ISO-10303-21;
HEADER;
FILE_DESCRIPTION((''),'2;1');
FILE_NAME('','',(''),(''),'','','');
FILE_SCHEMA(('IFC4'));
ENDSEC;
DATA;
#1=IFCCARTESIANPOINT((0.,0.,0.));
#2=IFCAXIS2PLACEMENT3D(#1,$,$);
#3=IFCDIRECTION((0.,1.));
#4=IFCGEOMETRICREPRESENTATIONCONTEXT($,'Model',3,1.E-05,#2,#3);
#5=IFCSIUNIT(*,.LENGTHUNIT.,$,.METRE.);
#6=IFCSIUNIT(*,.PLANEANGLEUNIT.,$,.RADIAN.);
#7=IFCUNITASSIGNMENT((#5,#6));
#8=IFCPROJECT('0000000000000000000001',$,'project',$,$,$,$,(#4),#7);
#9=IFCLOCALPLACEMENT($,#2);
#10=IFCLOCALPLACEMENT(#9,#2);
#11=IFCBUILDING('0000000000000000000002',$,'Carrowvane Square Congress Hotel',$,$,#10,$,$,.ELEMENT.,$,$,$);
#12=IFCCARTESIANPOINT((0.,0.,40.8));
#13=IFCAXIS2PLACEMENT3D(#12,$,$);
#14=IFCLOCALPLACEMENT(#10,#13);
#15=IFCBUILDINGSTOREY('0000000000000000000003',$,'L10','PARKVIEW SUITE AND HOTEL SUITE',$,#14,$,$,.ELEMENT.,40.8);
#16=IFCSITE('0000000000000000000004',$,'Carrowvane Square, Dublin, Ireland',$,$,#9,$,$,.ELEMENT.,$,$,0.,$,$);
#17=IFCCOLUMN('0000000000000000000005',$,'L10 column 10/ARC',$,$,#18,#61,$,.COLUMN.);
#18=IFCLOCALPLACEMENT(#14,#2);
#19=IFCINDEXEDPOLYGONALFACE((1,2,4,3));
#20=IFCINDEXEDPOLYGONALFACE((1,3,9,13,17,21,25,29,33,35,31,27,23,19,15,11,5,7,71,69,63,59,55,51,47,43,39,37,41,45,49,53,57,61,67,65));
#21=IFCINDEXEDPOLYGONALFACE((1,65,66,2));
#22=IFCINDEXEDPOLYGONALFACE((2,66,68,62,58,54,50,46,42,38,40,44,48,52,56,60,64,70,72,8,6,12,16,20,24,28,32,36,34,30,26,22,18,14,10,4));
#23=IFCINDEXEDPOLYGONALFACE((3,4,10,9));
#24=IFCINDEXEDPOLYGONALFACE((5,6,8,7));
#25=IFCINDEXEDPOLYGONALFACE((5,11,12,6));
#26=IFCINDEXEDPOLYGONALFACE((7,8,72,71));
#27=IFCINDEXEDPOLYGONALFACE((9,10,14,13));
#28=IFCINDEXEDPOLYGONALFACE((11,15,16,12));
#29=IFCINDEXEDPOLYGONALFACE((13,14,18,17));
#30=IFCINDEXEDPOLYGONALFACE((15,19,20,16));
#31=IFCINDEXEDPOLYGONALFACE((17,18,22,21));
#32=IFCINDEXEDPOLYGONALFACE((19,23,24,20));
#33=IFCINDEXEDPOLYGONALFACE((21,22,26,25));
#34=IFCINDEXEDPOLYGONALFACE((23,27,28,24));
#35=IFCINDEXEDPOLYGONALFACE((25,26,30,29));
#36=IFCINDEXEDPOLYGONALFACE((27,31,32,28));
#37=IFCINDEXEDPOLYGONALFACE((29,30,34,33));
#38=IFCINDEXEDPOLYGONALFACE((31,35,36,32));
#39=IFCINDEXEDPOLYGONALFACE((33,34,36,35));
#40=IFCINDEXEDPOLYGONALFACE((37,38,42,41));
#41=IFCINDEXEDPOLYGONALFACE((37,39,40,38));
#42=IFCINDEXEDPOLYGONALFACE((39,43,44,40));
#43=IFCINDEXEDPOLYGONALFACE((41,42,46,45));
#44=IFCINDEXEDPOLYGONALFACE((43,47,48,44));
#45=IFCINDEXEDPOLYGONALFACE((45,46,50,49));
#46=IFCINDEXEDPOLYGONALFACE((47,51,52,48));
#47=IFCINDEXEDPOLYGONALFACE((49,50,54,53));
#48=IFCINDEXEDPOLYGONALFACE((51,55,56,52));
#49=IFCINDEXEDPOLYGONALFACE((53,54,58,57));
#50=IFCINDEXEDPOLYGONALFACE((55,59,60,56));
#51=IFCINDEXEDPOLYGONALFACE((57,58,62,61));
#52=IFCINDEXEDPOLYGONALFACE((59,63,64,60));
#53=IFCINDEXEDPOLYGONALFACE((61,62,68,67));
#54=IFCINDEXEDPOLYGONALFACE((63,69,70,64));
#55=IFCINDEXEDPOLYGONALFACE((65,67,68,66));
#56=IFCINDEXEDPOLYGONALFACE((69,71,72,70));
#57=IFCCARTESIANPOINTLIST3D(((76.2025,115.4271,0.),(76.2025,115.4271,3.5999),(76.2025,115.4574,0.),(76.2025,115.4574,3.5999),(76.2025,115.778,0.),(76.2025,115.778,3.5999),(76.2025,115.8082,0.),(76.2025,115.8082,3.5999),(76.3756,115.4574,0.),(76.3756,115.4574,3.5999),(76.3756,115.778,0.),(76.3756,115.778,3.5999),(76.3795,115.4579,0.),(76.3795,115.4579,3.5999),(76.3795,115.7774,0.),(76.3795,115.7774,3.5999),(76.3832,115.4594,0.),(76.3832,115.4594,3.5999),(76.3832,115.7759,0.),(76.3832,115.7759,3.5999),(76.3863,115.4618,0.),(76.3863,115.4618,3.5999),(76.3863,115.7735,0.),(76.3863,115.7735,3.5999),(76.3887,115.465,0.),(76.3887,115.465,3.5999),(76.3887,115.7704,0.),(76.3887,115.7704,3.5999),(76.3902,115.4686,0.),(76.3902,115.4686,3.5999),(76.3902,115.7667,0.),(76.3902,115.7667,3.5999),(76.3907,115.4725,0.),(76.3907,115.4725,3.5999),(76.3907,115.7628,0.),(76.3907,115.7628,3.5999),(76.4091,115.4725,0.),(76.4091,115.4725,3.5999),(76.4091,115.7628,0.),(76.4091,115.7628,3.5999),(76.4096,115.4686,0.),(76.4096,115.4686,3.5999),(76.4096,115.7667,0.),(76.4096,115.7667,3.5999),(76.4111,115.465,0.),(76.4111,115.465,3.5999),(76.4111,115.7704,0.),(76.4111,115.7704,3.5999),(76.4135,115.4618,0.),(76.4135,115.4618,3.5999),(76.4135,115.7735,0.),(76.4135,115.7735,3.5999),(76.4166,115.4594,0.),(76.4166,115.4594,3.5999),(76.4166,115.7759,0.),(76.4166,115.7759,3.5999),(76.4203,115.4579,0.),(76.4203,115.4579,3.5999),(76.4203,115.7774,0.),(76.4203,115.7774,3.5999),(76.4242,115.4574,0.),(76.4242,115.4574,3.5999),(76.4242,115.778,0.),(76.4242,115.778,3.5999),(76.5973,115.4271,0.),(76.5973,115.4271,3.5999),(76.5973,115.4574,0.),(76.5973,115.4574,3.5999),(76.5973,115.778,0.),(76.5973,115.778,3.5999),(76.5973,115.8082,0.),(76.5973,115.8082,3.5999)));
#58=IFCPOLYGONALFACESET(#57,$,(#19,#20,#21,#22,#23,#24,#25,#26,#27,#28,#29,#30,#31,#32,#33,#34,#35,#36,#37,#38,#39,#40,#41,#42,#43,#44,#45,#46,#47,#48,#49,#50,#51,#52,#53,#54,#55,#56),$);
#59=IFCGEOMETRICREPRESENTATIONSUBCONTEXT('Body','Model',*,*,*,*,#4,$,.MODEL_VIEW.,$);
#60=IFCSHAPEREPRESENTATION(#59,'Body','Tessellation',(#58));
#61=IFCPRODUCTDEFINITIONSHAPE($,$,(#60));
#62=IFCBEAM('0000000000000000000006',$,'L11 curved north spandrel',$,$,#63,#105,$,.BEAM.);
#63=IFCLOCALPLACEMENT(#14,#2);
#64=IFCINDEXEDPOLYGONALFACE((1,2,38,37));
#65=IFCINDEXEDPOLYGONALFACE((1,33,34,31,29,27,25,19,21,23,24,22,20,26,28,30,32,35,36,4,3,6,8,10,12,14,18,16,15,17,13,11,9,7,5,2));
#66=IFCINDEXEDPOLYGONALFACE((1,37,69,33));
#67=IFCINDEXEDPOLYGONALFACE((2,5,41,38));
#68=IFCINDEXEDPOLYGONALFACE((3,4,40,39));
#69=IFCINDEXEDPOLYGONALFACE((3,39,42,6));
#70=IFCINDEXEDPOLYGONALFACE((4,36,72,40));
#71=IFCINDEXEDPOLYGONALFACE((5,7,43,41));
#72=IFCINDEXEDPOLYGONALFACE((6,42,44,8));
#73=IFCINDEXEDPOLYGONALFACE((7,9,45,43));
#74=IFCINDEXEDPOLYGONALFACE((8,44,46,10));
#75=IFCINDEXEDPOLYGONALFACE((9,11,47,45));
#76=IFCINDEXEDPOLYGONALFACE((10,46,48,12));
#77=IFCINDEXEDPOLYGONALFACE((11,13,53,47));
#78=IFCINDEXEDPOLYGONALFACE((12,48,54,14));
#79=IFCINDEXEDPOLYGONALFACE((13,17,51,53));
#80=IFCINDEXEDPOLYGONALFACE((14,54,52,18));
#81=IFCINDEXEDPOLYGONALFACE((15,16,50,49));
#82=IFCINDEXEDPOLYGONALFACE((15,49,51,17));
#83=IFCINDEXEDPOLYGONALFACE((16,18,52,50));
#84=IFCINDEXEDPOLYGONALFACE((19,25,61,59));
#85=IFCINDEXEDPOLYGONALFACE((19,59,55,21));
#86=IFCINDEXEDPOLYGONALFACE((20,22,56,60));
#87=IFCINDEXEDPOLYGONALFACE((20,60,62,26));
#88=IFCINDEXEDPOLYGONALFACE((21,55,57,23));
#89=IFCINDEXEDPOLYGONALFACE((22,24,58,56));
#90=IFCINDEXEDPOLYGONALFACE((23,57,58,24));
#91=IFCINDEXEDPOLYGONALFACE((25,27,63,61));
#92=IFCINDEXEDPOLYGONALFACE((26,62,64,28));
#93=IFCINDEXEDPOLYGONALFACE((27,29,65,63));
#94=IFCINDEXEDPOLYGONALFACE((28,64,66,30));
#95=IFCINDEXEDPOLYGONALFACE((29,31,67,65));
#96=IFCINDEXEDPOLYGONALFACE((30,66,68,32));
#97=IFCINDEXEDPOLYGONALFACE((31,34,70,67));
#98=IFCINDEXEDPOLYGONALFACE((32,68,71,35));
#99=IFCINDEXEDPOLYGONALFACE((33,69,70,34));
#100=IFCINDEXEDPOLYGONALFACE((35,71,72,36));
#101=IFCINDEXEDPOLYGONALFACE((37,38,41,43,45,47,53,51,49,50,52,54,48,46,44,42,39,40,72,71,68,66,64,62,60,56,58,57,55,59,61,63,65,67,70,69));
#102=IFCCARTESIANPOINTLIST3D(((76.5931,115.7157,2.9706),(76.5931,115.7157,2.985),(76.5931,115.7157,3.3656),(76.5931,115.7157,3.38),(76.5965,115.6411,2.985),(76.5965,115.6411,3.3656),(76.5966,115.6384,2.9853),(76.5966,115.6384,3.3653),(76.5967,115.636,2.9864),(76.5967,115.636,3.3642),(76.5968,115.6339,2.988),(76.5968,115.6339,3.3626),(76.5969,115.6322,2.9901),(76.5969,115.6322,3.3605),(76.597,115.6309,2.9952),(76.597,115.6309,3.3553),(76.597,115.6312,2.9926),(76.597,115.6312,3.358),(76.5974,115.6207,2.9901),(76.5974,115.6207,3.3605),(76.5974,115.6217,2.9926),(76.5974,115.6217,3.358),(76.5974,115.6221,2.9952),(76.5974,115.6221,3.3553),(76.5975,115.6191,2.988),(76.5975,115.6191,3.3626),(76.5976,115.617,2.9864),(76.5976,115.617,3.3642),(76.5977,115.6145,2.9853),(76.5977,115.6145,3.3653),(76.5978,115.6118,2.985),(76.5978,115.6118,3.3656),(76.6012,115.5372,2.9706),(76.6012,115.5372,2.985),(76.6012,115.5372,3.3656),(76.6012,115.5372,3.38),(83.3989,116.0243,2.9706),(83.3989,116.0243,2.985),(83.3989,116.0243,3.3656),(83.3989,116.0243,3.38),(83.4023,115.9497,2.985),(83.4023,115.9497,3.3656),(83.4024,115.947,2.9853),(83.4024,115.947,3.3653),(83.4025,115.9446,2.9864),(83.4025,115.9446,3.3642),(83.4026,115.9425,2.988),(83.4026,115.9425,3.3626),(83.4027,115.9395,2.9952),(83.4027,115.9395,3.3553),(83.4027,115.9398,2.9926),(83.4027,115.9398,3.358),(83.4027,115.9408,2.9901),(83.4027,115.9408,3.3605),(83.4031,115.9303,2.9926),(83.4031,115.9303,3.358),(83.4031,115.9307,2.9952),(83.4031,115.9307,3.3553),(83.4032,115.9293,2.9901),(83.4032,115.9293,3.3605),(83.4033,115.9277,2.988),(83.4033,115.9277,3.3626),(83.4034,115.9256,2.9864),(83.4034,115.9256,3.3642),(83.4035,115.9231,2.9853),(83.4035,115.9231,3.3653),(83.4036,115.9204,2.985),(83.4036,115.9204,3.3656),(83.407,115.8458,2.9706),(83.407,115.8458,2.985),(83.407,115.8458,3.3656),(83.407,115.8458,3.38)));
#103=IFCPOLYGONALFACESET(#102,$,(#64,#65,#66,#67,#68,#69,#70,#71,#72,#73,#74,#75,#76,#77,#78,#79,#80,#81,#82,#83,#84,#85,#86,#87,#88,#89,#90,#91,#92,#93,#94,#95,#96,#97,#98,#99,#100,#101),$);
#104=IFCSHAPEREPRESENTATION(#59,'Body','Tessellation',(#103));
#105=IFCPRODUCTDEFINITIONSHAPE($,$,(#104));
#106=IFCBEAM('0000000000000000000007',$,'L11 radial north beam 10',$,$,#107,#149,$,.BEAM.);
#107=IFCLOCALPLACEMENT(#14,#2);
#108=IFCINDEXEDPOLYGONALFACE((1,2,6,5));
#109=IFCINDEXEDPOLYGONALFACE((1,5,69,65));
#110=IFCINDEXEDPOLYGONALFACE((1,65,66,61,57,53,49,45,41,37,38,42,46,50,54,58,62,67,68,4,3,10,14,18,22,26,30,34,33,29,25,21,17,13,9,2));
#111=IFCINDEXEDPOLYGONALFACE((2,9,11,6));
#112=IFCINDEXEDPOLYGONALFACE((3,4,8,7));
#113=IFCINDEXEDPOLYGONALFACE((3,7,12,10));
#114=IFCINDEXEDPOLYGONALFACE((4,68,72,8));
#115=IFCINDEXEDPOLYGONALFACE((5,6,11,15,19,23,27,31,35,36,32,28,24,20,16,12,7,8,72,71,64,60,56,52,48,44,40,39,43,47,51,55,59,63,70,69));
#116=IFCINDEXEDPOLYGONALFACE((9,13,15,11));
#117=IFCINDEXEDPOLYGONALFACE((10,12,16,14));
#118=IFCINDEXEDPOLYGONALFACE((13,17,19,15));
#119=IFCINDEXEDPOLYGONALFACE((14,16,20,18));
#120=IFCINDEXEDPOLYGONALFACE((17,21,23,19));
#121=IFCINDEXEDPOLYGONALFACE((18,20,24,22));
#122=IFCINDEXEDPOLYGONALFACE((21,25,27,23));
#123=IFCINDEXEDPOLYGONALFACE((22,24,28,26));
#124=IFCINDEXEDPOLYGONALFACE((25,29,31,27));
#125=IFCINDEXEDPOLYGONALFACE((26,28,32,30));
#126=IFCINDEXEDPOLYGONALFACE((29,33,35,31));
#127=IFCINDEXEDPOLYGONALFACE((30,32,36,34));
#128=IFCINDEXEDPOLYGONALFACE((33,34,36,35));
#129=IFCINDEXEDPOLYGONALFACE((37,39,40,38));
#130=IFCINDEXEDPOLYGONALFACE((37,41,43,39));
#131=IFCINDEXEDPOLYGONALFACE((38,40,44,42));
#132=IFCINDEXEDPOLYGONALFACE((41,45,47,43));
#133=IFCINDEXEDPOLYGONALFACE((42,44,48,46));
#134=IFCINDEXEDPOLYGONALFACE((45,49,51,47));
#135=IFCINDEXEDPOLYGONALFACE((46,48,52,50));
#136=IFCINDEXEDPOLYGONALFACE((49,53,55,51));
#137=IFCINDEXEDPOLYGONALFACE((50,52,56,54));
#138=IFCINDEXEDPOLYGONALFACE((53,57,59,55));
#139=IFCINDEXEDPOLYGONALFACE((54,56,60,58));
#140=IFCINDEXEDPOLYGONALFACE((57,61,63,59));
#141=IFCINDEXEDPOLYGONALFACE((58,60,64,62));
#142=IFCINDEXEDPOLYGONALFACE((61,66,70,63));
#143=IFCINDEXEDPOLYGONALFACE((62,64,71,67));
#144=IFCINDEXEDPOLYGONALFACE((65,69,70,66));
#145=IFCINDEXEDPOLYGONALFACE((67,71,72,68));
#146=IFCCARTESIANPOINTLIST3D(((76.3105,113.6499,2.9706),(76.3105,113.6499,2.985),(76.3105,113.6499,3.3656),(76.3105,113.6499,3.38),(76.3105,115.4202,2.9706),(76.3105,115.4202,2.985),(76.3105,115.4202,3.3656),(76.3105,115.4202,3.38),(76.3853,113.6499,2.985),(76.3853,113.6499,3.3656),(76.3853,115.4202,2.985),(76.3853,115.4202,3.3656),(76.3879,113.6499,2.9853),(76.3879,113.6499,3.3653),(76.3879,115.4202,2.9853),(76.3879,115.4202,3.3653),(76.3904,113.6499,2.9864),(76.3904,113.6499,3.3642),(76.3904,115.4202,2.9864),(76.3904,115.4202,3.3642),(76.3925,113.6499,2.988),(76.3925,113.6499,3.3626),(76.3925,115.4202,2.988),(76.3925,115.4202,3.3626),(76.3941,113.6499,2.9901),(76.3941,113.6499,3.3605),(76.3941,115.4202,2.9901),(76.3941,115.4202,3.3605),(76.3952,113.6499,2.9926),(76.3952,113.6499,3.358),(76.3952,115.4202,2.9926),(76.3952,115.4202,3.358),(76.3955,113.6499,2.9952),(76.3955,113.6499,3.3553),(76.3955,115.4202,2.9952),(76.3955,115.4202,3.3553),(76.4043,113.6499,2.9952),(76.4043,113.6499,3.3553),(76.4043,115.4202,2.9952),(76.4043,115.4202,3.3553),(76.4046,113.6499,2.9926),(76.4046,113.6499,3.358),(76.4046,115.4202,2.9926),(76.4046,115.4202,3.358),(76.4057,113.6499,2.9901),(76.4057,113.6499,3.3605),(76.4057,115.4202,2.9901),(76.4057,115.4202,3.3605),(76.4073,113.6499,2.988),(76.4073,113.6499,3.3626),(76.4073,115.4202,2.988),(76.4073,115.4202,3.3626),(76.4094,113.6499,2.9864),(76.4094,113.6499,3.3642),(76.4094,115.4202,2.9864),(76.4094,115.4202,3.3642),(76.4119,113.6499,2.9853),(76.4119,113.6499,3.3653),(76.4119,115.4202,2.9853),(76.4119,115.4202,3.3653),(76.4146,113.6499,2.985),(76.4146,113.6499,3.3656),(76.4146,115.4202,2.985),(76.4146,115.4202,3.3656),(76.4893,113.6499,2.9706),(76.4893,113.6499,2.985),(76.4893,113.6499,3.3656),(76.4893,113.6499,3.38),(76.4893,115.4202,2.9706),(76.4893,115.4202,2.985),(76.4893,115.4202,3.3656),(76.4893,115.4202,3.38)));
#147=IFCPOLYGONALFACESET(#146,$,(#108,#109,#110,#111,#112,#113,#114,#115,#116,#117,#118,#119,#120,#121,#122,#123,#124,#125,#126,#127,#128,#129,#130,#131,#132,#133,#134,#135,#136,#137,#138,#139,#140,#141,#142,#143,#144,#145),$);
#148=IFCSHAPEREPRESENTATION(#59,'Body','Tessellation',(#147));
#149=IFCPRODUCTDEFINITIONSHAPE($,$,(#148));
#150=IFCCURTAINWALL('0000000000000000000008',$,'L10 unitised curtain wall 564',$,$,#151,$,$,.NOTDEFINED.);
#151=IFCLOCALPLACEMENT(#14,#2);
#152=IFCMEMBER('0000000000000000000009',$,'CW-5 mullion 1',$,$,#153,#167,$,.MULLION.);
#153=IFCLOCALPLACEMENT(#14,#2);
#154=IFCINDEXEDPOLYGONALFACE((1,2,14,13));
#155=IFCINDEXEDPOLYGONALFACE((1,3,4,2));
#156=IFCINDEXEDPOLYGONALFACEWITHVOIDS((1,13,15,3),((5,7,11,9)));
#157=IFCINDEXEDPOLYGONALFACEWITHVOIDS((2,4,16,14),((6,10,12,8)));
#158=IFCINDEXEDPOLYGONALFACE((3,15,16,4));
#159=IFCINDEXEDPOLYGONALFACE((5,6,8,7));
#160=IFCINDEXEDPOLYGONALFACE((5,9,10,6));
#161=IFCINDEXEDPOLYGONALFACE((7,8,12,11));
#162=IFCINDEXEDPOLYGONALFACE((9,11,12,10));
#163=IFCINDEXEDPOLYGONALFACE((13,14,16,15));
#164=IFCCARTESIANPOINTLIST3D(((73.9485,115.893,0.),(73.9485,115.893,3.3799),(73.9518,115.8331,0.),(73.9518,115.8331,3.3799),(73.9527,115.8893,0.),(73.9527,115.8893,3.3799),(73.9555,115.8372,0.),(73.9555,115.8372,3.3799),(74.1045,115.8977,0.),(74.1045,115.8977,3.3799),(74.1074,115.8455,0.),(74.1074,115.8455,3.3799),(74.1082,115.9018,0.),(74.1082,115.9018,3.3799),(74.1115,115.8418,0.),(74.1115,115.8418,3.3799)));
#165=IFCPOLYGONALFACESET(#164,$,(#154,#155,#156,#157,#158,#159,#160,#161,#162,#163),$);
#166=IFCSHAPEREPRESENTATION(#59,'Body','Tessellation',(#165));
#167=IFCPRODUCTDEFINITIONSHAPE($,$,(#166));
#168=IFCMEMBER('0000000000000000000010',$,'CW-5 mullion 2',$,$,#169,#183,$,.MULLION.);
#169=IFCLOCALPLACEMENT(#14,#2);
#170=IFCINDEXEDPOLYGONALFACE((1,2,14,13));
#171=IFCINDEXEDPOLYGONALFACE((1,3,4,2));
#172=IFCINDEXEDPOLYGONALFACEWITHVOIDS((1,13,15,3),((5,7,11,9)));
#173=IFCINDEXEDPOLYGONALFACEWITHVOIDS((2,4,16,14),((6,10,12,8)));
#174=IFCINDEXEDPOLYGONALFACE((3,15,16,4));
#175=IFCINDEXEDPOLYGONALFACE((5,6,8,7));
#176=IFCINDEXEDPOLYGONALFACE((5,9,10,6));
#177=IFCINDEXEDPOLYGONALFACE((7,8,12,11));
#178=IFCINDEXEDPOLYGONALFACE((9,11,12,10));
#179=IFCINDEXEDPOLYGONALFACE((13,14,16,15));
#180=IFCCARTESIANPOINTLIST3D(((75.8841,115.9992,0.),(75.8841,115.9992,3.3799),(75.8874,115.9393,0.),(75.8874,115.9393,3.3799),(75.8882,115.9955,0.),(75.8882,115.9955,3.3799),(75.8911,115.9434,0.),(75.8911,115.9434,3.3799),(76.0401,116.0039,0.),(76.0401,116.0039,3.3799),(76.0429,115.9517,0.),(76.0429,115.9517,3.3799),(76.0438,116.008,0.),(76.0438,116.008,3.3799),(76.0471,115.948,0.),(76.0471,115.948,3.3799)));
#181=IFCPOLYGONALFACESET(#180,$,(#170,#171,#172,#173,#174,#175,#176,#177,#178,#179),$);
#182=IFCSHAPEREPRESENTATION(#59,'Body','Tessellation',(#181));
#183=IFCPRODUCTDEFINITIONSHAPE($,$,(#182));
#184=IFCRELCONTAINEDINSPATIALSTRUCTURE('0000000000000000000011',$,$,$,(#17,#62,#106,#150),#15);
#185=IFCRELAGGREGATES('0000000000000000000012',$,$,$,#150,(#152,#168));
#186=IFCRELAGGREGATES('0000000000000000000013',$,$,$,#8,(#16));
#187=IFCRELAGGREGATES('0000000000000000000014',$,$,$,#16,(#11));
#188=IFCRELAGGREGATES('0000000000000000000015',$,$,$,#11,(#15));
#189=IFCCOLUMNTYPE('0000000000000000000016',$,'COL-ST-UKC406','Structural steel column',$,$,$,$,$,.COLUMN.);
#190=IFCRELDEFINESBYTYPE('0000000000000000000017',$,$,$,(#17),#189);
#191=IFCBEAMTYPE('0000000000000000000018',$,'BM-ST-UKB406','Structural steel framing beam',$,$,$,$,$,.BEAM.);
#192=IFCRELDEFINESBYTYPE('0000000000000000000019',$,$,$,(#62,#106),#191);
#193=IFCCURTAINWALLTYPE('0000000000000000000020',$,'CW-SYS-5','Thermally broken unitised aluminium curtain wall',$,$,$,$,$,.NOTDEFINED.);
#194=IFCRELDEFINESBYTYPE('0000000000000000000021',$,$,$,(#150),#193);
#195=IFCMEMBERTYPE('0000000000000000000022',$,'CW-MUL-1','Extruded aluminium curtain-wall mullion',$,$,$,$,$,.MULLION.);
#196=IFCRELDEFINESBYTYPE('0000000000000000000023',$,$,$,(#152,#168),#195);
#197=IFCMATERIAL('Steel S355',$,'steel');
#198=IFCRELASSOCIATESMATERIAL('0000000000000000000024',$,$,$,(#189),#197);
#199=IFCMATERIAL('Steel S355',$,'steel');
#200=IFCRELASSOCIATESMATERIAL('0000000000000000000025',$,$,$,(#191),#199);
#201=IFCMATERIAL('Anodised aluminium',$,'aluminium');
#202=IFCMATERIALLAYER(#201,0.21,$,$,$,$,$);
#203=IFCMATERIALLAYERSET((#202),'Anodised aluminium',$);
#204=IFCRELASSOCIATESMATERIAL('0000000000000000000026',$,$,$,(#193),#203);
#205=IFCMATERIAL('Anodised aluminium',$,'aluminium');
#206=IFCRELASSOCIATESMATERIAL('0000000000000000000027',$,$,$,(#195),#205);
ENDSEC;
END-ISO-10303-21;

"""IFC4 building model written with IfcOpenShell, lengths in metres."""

from ifc_helpers import new_model, si_unit, direction, frame, origin, origin_2d, place, context, subcontext, project, spatial, hollow_rectangle, i_section, extrude, material, layer, layer_set, material_profile, profile_set, type_object, element, aggregate, save


model = new_model("IFC4")

# Units and contexts
model_context = context("Model", 3, precision=1e-05, world=origin(), true_north=direction((0.0, 1.0)))
body_context = subcontext(model_context, "Body", "Model", "MODEL_VIEW")
ifc_project = project(units=[si_unit("LENGTHUNIT", "METRE"), si_unit("PLANEANGLEUNIT", "RADIAN")], contexts=[model_context])

# Site, building, storey
site_placement = place(None, origin())
site = spatial("IfcSite", under=ifc_project, at=site_placement, Name="Carrowvane Square, Dublin, Ireland", CompositionType="ELEMENT", RefElevation=0.0)
building_placement = place(site_placement, origin())
building = spatial("IfcBuilding", under=site, at=building_placement, Name="Carrowvane Square Congress Hotel", CompositionType="ELEMENT")
storey_placement = place(building_placement, frame((0.0, 0.0, 40.8)))
storey = spatial("IfcBuildingStorey", under=building, at=storey_placement, Name="L10", Description="PARKVIEW SUITE AND HOTEL SUITE", CompositionType="ELEMENT", Elevation=40.8)

# Column
ifc_material_1 = material(Name="Steel S355", Category="steel")
ifc_material_profile_1 = material_profile(ifc_material_1, i_section(OverallWidth=0.3948, OverallDepth=0.3811, WebThickness=0.0183, FlangeThickness=0.0303, FilletRadius=0.0151, at=origin_2d()), Name="UKC 356x406x235")
ifc_profile_set_1 = profile_set([ifc_material_profile_1], Name="Steel S355")
column_type = type_object("IfcColumnType", Name="COL-ST-UKC406", Description="Structural steel column", PredefinedType="COLUMN", material=ifc_profile_set_1)
column_placement = place(storey_placement, frame((76.3999, 115.6177, 0.0), z_axis=(0.0, 0.0, 1.0), x_axis=(1.0, 0.0, 0.0)))
element("IfcColumn", 1, at=column_placement, inside=storey, type_object=column_type, Name="L10 column 10/ARC", PredefinedType="COLUMN", context=body_context, shape_type="SweptSolid", body=[
    extrude(i_section(OverallWidth=0.3948, OverallDepth=0.3811, WebThickness=0.0183, FlangeThickness=0.0303, FilletRadius=0.0151, at=origin_2d()), origin(), (0.0, 0.0, 1.0), 3.5999),
])

# Beams
ifc_material_2 = material(Name="Steel S355", Category="steel")
ifc_material_profile_2 = material_profile(ifc_material_2, i_section(OverallWidth=0.1787, OverallDepth=0.4094, WebThickness=0.0088, FlangeThickness=0.0144, FilletRadius=0.0103, at=origin_2d()), Name="UKB 406x178x67")
ifc_profile_set_2 = profile_set([ifc_material_profile_2], Name="Steel S355")
beam_type = type_object("IfcBeamType", Name="BM-ST-UKB406", Description="Structural steel framing beam", PredefinedType="BEAM", material=ifc_profile_set_2)
beam_1_placement = place(storey_placement, frame((76.5972, 115.6265, 3.1753), z_axis=(0.998974, 0.045297, 0.0), x_axis=(-0.045297, 0.998974, 0.0)))
element("IfcBeam", 2, at=beam_1_placement, inside=storey, type_object=beam_type, Name="L11 curved north spandrel", PredefinedType="BEAM", context=body_context, shape_type="SweptSolid", body=[
    extrude(i_section(OverallWidth=0.1787, OverallDepth=0.4094, WebThickness=0.0088, FlangeThickness=0.0144, FilletRadius=0.0103, at=origin_2d()), origin(), (0.0, 0.0, 1.0), 6.8127),
])
beam_2_placement = place(storey_placement, frame((76.3999, 113.6499, 3.1753), z_axis=(0.0, 1.0, 0.0), x_axis=(-1.0, 0.0, 0.0)))
element("IfcBeam", 3, at=beam_2_placement, inside=storey, type_object=beam_type, Name="L11 radial north beam 10", PredefinedType="BEAM", context=body_context, shape_type="SweptSolid", body=[
    extrude(i_section(OverallWidth=0.1787, OverallDepth=0.4094, WebThickness=0.0088, FlangeThickness=0.0144, FilletRadius=0.0103, at=origin_2d()), origin(), (0.0, 0.0, 1.0), 1.7703),
])

# Curtain wall, members
ifc_material_3 = material(Name="Anodised aluminium", Category="aluminium")
ifc_layer_1 = layer(ifc_material_3, 0.21)
ifc_layer_set_1 = layer_set([ifc_layer_1], Name="Anodised aluminium")
curtain_wall_type_1 = type_object("IfcCurtainWallType", Name="CW-SYS-5", Description="Thermally broken unitised aluminium curtain wall", PredefinedType="NOTDEFINED", material=ifc_layer_set_1)
curtain_wall_1_placement = place(storey_placement, origin())
curtain_wall_1 = element("IfcCurtainWall", 4, at=curtain_wall_1_placement, inside=storey, type_object=curtain_wall_type_1, Name="L10 unitised curtain wall 564", PredefinedType="NOTDEFINED")
ifc_material_4 = material(Name="Anodised aluminium", Category="aluminium")
ifc_material_profile_3 = material_profile(ifc_material_4, hollow_rectangle(XDim=0.0601, YDim=0.1599, WallThickness=0.0039, at=origin_2d()), Name="CW-ML 60x160x4")
ifc_profile_set_3 = profile_set([ifc_material_profile_3], Name="Anodised aluminium")
member_type_1 = type_object("IfcMemberType", Name="CW-MUL-1", Description="Extruded aluminium curtain-wall mullion", PredefinedType="MULLION", material=ifc_profile_set_3)
member_1_placement = place(storey_placement, frame((74.03, 115.8674, 0.0), z_axis=(0.0, 0.0, 1.0), x_axis=(-0.054816, 0.998496, 0.0)))
member_1 = element("IfcMember", 5, at=member_1_placement, type_object=member_type_1, Name="CW-5 mullion 1", PredefinedType="MULLION", context=body_context, shape_type="SweptSolid", body=[
    extrude(hollow_rectangle(XDim=0.0601, YDim=0.1599, WallThickness=0.0039, at=origin_2d()), origin(), (0.0, 0.0, 1.0), 3.3799),
])
member_2_placement = place(storey_placement, frame((75.9656, 115.9736, 0.0), z_axis=(0.0, 0.0, 1.0), x_axis=(-0.054816, 0.998496, 0.0)))
member_2 = element("IfcMember", 6, at=member_2_placement, type_object=member_type_1, Name="CW-5 mullion 2", PredefinedType="MULLION", context=body_context, shape_type="SweptSolid", body=[
    extrude(hollow_rectangle(XDim=0.0601, YDim=0.1599, WallThickness=0.0039, at=origin_2d()), origin(), (0.0, 0.0, 1.0), 3.3799),
])

aggregate(curtain_wall_1, [member_1, member_2])

save(model, "model.ifc")
